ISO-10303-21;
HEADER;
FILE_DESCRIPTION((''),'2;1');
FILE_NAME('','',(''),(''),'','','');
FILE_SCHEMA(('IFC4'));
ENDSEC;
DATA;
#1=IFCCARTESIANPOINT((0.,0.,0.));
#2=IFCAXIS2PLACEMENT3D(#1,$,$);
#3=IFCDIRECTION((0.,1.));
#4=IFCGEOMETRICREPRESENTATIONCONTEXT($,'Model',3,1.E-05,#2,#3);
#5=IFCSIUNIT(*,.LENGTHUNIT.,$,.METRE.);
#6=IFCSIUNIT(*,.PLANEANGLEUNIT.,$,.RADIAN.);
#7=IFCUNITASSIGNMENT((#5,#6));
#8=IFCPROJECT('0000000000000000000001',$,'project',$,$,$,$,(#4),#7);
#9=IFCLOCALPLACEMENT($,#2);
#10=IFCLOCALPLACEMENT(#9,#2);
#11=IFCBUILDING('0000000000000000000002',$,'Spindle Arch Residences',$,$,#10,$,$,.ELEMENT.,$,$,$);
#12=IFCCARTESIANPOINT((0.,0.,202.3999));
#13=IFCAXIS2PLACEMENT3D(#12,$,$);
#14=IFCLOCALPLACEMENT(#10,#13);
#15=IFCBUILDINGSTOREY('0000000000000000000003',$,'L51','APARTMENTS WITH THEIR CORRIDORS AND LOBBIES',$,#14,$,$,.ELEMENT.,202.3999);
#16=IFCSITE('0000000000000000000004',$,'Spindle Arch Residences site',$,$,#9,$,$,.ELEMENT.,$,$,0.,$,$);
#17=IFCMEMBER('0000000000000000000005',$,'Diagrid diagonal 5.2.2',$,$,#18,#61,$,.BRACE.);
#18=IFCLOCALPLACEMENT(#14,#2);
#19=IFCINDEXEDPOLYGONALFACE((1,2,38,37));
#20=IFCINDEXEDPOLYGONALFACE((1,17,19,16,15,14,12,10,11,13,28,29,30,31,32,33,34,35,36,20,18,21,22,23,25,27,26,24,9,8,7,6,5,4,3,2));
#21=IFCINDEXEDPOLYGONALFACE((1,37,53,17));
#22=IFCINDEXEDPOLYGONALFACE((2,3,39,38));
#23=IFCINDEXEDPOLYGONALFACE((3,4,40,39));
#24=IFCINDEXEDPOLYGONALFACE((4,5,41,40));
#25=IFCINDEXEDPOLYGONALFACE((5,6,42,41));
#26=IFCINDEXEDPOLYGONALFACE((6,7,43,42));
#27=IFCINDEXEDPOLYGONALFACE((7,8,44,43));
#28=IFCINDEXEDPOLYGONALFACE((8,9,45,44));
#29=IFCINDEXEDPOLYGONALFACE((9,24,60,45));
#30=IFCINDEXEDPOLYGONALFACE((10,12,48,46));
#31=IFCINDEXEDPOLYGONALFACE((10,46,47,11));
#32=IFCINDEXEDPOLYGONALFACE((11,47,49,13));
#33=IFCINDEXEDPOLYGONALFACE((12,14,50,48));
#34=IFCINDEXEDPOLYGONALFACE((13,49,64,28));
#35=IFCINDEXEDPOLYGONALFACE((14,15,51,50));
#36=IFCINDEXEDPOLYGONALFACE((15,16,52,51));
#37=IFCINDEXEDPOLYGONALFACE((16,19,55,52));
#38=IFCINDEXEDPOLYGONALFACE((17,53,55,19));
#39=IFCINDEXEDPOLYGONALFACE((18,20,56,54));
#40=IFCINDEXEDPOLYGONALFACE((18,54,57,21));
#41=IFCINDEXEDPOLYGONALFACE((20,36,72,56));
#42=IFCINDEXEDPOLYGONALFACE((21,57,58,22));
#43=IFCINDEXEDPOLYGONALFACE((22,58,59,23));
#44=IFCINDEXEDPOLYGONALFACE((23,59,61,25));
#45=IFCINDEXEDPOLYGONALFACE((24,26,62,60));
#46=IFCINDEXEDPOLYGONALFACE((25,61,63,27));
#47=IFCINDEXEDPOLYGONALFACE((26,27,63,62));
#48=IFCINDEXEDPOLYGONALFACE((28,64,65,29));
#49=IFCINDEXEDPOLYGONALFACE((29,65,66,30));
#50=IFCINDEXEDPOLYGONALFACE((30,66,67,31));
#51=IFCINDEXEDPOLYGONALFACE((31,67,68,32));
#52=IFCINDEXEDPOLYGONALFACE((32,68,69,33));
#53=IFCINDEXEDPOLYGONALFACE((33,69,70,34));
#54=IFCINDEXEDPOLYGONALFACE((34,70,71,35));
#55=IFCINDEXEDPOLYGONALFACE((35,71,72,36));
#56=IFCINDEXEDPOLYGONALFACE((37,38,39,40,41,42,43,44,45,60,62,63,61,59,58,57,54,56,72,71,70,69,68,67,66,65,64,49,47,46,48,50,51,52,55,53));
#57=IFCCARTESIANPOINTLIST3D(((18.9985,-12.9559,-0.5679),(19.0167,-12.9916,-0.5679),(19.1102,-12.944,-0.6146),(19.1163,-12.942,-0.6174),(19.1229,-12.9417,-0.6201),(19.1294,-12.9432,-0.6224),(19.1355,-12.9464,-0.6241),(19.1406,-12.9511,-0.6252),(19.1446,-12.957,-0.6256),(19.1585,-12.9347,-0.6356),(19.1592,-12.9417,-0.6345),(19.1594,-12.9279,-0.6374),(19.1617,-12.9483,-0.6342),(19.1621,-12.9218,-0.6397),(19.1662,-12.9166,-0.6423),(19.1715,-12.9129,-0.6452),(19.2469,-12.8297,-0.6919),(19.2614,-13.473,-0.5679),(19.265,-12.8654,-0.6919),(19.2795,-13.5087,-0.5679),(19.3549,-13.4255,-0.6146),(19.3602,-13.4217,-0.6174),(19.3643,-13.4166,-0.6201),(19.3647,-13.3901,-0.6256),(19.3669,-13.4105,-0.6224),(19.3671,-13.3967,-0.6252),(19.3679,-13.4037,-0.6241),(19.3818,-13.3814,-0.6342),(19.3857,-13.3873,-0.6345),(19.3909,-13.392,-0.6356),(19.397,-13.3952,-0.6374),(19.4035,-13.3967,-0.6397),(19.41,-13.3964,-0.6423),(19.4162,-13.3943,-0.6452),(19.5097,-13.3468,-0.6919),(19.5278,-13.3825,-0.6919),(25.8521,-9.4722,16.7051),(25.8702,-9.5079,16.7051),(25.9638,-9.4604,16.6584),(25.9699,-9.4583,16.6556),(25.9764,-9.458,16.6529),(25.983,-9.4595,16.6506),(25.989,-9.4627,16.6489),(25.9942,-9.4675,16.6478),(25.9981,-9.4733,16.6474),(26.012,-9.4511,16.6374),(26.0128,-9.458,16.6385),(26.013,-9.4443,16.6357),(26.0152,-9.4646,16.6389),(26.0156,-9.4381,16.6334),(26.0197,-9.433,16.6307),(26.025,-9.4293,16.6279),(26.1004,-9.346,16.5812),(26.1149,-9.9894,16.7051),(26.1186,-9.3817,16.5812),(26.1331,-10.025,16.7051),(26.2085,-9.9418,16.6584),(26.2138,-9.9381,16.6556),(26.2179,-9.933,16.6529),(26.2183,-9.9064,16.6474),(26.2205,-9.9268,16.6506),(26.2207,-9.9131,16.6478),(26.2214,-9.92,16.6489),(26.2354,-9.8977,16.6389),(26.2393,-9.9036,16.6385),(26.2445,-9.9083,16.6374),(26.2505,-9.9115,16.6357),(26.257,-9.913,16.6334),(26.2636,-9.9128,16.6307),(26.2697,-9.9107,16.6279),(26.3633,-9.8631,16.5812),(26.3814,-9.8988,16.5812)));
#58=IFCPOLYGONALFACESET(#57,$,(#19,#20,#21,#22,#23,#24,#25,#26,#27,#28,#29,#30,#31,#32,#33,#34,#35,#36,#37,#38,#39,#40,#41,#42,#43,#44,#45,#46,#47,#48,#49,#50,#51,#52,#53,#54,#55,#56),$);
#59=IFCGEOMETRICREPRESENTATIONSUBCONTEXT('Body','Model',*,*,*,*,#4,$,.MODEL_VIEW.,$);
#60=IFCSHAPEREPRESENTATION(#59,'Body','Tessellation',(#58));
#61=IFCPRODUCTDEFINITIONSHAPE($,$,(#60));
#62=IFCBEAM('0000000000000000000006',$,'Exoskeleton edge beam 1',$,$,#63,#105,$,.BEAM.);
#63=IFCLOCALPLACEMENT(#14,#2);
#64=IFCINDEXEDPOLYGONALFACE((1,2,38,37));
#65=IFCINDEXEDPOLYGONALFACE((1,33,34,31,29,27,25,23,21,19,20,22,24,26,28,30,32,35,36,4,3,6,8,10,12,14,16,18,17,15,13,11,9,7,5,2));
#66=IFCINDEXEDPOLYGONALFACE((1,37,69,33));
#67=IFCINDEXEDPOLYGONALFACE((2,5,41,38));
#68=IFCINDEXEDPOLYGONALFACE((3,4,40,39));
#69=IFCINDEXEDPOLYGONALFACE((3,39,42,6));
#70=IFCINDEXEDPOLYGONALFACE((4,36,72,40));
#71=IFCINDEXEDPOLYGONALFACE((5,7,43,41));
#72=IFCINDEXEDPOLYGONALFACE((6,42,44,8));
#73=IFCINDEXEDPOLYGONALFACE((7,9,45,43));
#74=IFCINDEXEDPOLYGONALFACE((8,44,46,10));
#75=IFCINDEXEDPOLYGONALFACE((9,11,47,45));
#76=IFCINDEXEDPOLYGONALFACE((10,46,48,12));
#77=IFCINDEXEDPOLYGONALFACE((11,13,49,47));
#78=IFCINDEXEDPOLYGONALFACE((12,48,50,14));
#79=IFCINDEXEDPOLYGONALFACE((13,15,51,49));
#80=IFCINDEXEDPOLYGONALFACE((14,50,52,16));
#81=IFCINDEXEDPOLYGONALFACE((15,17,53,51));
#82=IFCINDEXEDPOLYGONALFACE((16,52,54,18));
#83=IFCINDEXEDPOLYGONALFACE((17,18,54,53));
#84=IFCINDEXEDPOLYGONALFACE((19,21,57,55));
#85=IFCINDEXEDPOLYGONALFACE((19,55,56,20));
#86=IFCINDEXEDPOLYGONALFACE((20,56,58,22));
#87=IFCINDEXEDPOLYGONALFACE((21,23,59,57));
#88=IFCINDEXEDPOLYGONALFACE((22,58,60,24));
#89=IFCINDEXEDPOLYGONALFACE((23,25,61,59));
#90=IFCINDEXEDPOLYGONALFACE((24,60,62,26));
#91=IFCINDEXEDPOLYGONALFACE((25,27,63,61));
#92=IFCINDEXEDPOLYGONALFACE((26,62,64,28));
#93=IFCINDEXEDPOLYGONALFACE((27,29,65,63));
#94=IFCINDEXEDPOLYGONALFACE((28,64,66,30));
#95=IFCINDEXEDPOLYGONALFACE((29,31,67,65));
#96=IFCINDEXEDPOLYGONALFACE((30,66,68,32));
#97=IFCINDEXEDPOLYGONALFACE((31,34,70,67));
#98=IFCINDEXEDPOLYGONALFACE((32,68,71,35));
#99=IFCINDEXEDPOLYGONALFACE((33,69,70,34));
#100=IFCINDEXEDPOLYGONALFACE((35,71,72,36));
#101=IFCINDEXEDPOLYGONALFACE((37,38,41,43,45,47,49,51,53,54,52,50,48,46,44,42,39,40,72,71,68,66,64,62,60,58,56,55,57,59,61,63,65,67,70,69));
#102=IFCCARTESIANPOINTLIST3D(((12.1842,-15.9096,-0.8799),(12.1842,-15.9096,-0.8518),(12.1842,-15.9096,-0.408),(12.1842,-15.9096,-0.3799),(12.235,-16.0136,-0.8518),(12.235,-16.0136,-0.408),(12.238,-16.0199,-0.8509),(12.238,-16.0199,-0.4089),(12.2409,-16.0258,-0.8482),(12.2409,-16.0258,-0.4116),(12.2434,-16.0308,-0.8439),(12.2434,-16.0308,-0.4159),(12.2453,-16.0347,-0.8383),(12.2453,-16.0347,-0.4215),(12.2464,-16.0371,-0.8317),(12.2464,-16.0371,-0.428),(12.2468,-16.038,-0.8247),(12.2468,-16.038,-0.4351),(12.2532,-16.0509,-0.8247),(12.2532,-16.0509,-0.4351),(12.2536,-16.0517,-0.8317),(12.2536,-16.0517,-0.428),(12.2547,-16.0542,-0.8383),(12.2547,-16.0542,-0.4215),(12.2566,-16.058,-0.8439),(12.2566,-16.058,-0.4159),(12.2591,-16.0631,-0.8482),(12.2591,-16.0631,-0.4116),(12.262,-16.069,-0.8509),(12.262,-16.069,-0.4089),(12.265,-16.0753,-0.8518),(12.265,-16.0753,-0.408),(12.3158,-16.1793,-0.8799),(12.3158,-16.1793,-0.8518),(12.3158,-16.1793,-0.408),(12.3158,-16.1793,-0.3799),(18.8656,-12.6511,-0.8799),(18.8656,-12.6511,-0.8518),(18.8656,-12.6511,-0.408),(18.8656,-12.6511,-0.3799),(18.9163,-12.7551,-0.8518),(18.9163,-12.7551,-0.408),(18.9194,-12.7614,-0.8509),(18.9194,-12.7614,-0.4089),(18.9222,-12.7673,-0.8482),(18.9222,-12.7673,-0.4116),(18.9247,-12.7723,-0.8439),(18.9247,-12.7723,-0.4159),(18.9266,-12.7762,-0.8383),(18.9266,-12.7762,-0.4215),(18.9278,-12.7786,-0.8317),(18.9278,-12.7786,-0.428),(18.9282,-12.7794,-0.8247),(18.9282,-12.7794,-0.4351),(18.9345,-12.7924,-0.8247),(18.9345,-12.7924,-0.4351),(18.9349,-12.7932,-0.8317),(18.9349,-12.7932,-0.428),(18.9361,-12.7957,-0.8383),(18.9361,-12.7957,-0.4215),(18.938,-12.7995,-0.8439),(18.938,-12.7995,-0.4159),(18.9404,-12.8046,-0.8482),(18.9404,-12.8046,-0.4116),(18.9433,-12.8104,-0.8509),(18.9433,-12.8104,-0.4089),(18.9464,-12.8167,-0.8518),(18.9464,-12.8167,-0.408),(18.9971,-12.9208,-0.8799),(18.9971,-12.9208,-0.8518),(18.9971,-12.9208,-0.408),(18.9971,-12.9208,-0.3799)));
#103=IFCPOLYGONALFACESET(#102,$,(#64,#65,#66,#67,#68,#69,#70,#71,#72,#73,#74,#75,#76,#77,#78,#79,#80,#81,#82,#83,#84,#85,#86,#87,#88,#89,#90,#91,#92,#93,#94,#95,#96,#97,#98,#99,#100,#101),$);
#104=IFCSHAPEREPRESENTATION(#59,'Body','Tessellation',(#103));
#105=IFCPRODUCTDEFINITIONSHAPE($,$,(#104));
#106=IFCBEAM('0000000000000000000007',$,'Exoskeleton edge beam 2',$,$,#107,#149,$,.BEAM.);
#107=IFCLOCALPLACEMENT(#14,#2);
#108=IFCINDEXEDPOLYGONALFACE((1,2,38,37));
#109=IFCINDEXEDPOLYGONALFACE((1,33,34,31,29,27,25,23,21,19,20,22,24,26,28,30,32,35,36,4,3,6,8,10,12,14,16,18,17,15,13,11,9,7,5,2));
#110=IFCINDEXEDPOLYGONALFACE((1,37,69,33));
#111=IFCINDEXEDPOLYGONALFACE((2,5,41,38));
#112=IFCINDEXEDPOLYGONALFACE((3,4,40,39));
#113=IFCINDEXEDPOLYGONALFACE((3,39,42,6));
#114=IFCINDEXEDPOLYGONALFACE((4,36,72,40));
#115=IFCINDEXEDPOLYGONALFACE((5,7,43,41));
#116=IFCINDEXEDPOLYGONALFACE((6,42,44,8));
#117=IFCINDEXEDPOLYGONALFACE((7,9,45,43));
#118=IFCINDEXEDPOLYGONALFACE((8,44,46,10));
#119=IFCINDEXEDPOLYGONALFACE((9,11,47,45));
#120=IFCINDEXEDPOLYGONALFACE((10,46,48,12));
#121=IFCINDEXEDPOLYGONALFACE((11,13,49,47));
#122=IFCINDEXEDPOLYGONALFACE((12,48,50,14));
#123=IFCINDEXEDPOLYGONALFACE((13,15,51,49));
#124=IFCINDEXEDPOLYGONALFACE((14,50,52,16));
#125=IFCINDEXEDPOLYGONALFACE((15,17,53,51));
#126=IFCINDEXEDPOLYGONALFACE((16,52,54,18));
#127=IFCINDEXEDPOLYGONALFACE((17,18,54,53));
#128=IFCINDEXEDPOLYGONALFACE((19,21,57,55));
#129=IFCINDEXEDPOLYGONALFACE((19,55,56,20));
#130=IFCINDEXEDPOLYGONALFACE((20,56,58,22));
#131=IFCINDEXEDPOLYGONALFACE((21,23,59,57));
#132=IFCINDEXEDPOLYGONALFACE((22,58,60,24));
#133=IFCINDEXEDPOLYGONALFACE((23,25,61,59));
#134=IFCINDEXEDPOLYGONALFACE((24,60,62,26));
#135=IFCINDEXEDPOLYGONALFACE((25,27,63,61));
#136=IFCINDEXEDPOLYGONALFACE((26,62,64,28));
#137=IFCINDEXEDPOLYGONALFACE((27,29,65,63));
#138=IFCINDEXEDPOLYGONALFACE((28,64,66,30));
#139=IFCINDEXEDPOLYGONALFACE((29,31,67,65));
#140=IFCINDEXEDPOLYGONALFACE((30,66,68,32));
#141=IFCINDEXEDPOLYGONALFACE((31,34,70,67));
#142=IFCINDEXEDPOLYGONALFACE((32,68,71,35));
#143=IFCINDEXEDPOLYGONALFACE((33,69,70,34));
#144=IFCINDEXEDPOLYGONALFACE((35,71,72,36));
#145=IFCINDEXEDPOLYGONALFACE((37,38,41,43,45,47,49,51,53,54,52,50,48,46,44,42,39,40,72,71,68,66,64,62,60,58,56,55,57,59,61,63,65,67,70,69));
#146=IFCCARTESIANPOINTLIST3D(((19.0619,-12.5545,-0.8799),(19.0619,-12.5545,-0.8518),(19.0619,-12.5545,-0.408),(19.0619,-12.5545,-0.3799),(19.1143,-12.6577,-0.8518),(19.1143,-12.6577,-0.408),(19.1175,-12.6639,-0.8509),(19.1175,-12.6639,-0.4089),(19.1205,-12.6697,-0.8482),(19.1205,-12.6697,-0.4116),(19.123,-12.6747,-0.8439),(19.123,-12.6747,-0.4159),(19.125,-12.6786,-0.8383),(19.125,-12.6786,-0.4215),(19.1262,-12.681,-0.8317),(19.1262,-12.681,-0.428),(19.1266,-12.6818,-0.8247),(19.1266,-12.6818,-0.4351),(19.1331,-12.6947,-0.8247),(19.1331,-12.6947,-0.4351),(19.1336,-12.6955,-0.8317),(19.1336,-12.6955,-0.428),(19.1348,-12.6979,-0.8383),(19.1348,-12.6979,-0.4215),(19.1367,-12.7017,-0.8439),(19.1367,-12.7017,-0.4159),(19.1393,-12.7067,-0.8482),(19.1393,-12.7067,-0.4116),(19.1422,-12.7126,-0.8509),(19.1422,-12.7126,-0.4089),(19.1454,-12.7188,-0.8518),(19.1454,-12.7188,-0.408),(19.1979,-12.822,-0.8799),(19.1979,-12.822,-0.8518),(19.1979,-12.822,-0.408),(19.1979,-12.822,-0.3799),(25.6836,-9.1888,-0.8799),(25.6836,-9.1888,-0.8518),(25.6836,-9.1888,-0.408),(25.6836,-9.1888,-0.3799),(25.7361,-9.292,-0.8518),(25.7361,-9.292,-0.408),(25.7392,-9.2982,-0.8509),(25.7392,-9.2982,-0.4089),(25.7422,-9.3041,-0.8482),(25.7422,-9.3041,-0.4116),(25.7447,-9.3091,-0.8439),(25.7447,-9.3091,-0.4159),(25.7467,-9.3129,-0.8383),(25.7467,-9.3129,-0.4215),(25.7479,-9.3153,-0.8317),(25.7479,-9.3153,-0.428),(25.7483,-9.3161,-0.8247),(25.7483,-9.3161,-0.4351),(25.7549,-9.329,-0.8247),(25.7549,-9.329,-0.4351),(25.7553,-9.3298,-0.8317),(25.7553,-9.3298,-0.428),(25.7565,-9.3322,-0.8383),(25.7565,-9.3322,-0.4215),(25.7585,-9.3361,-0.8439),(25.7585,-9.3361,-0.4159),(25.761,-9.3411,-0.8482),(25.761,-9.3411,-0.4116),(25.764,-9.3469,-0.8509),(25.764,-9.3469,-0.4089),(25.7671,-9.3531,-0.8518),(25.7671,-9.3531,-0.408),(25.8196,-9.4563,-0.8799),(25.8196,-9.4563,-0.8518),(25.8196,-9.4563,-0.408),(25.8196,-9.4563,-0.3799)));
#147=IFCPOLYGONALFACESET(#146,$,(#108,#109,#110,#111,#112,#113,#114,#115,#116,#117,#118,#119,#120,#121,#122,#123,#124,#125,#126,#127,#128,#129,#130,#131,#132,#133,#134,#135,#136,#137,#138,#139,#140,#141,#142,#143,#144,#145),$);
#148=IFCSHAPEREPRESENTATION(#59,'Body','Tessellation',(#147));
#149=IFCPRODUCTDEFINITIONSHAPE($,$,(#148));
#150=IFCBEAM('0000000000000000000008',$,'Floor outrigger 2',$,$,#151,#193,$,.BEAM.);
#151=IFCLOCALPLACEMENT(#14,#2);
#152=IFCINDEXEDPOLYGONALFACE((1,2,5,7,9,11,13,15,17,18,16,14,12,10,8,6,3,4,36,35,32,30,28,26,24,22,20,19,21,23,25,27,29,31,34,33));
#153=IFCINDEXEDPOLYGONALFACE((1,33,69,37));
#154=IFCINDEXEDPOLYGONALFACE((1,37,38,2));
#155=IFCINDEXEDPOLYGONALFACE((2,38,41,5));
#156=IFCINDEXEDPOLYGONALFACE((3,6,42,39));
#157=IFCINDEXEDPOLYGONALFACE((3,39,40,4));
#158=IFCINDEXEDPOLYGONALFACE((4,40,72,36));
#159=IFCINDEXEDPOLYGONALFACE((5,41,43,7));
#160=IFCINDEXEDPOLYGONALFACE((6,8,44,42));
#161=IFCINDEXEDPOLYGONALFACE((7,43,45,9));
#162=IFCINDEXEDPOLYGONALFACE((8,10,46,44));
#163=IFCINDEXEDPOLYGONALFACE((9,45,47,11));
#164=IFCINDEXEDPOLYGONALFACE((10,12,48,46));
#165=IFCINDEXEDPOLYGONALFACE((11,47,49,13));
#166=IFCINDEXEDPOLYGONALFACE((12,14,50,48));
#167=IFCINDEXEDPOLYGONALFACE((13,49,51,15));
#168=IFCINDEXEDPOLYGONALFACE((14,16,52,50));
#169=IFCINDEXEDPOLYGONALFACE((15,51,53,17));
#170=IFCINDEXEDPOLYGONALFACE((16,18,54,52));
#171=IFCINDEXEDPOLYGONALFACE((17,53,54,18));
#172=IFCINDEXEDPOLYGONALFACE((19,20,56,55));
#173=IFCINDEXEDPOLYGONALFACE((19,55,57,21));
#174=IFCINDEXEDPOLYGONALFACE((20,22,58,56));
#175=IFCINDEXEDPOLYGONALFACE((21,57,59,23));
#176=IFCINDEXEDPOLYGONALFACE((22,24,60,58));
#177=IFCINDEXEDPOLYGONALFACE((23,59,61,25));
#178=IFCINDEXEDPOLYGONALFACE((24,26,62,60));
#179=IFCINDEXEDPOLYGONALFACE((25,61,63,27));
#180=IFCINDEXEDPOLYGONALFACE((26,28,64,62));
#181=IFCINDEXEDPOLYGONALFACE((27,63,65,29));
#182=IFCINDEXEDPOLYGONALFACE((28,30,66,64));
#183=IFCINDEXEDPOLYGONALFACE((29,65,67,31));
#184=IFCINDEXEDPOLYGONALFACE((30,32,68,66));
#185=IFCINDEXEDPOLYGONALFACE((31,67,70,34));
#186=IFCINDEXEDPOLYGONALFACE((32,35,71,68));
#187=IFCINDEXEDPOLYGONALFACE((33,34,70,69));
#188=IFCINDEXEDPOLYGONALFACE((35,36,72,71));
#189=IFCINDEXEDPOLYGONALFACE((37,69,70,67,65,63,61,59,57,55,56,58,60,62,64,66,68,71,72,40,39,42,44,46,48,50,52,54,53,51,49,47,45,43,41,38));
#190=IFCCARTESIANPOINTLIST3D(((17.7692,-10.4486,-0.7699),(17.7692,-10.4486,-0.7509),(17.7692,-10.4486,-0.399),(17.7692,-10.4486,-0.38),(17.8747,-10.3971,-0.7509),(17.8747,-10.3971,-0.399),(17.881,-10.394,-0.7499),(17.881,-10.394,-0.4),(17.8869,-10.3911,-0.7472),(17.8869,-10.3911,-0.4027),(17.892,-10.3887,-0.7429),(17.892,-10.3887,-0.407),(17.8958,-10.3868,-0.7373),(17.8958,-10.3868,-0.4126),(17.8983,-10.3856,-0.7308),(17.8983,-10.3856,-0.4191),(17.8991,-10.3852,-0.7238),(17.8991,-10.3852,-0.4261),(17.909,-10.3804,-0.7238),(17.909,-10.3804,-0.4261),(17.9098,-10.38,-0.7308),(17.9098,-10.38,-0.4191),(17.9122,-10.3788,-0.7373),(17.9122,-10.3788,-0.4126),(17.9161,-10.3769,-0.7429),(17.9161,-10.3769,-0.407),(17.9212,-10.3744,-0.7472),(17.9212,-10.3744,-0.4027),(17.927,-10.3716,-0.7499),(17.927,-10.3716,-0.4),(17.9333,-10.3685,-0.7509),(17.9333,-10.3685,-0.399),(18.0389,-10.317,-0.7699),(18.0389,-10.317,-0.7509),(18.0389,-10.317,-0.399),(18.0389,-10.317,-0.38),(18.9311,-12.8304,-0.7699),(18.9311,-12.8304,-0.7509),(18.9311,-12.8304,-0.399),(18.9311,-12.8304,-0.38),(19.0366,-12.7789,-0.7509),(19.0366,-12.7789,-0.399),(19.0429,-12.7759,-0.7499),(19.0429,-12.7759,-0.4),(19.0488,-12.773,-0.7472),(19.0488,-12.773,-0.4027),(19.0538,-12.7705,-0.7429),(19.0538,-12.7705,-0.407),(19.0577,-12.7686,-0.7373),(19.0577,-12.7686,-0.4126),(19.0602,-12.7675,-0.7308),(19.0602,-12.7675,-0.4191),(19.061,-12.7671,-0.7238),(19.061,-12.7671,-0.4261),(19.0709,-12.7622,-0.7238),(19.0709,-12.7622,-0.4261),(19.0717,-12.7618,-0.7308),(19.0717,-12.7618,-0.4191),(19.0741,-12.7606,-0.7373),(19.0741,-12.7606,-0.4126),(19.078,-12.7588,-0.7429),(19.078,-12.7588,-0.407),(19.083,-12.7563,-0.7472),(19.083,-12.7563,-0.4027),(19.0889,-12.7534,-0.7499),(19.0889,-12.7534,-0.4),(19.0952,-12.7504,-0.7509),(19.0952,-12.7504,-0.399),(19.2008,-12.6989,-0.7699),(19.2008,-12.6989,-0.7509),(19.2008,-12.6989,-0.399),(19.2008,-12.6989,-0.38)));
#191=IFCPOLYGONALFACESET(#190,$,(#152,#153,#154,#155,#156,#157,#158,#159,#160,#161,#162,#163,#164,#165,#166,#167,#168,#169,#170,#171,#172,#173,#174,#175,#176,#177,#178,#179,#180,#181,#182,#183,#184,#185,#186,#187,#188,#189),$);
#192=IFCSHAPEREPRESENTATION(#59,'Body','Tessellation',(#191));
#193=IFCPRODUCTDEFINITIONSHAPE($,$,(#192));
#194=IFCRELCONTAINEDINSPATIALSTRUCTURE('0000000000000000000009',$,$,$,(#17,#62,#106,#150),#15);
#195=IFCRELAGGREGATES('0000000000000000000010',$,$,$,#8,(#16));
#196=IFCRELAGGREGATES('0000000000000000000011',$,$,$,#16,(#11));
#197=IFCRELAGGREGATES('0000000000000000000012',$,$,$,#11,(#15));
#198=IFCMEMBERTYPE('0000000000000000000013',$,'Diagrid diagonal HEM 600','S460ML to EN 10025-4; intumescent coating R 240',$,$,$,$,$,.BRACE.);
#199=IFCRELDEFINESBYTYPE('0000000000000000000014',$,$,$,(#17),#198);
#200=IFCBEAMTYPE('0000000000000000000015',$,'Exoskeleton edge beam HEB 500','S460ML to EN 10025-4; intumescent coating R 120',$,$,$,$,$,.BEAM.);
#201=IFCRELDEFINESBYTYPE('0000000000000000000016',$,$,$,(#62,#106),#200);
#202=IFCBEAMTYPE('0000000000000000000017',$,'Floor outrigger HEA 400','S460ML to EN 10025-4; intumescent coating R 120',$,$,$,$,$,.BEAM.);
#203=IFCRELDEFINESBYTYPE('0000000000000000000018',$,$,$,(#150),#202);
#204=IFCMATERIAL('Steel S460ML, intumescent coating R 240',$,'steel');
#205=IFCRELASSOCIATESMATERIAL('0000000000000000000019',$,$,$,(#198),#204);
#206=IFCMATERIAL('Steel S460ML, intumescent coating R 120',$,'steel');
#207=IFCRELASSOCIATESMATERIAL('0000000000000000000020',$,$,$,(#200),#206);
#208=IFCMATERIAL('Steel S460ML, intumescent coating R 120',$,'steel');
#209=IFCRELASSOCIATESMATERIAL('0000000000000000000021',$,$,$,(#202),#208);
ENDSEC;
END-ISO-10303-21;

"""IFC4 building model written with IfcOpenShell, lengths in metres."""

from ifc_helpers import new_model, si_unit, direction, frame, origin, origin_2d, place, context, subcontext, project, spatial, i_section, extrude, material, material_profile, profile_set, type_object, element, save


model = new_model("IFC4")

# Units and contexts
model_context = context("Model", 3, precision=1e-05, world=origin(), true_north=direction((0.0, 1.0)))
body_context = subcontext(model_context, "Body", "Model", "MODEL_VIEW")
ifc_project = project(units=[si_unit("LENGTHUNIT", "METRE"), si_unit("PLANEANGLEUNIT", "RADIAN")], contexts=[model_context])

# Site, building, storey
site_placement = place(None, origin())
site = spatial("IfcSite", under=ifc_project, at=site_placement, Name="Spindle Arch Residences site", CompositionType="ELEMENT", RefElevation=0.0)
building_placement = place(site_placement, origin())
building = spatial("IfcBuilding", under=site, at=building_placement, Name="Spindle Arch Residences", CompositionType="ELEMENT")
storey_placement = place(building_placement, frame((0.0, 0.0, 202.3999)))
storey = spatial("IfcBuildingStorey", under=building, at=storey_placement, Name="L51", Description="APARTMENTS WITH THEIR CORRIDORS AND LOBBIES", CompositionType="ELEMENT", Elevation=202.3999)

# Member
ifc_material_1 = material(Name="Steel S460ML, intumescent coating R 240", Category="steel")
ifc_material_profile_1 = material_profile(ifc_material_1, i_section(OverallWidth=0.3049, OverallDepth=0.6201, WebThickness=0.021, FlangeThickness=0.04, FilletRadius=0.0271, at=origin_2d()), Name="HEM 600")
ifc_profile_set_1 = profile_set([ifc_material_profile_1], Name="Steel S460ML, intumescent coating R 240")
member_type_1 = type_object("IfcMemberType", Name="Diagrid diagonal HEM 600", Description="S460ML to EN 10025-4; intumescent coating R 240", PredefinedType="BRACE", material=ifc_profile_set_1)
member_1_placement = place(storey_placement, frame((19.2632, -13.1692, -0.6299), z_axis=(0.362492, 0.184255, 0.913591), x_axis=(-0.814419, -0.413969, 0.406633)))
element("IfcMember", 1, at=member_1_placement, inside=storey, type_object=member_type_1, Name="Diagrid diagonal 5.2.2", PredefinedType="BRACE", context=body_context, shape_type="SweptSolid", body=[
    extrude(i_section(OverallWidth=0.3049, OverallDepth=0.6201, WebThickness=0.021, FlangeThickness=0.04, FilletRadius=0.0271, at=origin_2d()), origin(), (0.0, 0.0, 1.0), 18.9067),
])

# Beams
ifc_material_2 = material(Name="Steel S460ML, intumescent coating R 120", Category="steel")
ifc_material_profile_2 = material_profile(ifc_material_2, i_section(OverallWidth=0.3, OverallDepth=0.5, WebThickness=0.0144, FlangeThickness=0.0281, FilletRadius=0.0271, at=origin_2d()), Name="HEB 500")
ifc_profile_set_2 = profile_set([ifc_material_profile_2], Name="Steel S460ML, intumescent coating R 120")
beam_type_1 = type_object("IfcBeamType", Name="Exoskeleton edge beam HEB 500", Description="S460ML to EN 10025-4; intumescent coating R 120", PredefinedType="BEAM", material=ifc_profile_set_2)
beam_1_placement = place(storey_placement, frame((12.25, -16.0444, -0.6299), z_axis=(0.898804, 0.438351, 0.0), x_axis=(-0.438351, 0.898804, 0.0)))
element("IfcBeam", 2, at=beam_1_placement, inside=storey, type_object=beam_type_1, Name="Exoskeleton edge beam 1", PredefinedType="BEAM", context=body_context, shape_type="SweptSolid", body=[
    extrude(i_section(OverallWidth=0.3, OverallDepth=0.5, WebThickness=0.0144, FlangeThickness=0.0281, FilletRadius=0.0271, at=origin_2d()), origin(), (0.0, 0.0, 1.0), 7.4336),
])
beam_2_placement = place(storey_placement, frame((19.1299, -12.6882, -0.6299), z_axis=(0.891456, 0.453107, 0.0), x_axis=(-0.453107, 0.891456, 0.0)))
element("IfcBeam", 3, at=beam_2_placement, inside=storey, type_object=beam_type_1, Name="Exoskeleton edge beam 2", PredefinedType="BEAM", context=body_context, shape_type="SweptSolid", body=[
    extrude(i_section(OverallWidth=0.3, OverallDepth=0.5, WebThickness=0.0144, FlangeThickness=0.0281, FilletRadius=0.0271, at=origin_2d()), origin(), (0.0, 0.0, 1.0), 7.428),
])
ifc_material_3 = material(Name="Steel S460ML, intumescent coating R 120", Category="steel")
ifc_material_profile_3 = material_profile(ifc_material_3, i_section(OverallWidth=0.3, OverallDepth=0.3899, WebThickness=0.011, FlangeThickness=0.019, FilletRadius=0.0271, at=origin_2d()), Name="HEA 400")
ifc_profile_set_3 = profile_set([ifc_material_profile_3], Name="Steel S460ML, intumescent coating R 120")
beam_type_2 = type_object("IfcBeamType", Name="Floor outrigger HEA 400", Description="S460ML to EN 10025-4; intumescent coating R 120", PredefinedType="BEAM", material=ifc_profile_set_3)
beam_3_placement = place(storey_placement, frame((19.0659, -12.7646, -0.575), z_axis=(-0.438422, 0.898769, 0.0), x_axis=(-0.898769, -0.438422, 0.0)))
element("IfcBeam", 4, at=beam_3_placement, inside=storey, type_object=beam_type_2, Name="Floor outrigger 2", PredefinedType="BEAM", context=body_context, shape_type="SweptSolid", body=[
    extrude(i_section(OverallWidth=0.3, OverallDepth=0.3899, WebThickness=0.011, FlangeThickness=0.019, FilletRadius=0.0271, at=origin_2d()), origin(), (0.0, 0.0, 1.0), 2.6501),
])

save(model, "model.ifc")
